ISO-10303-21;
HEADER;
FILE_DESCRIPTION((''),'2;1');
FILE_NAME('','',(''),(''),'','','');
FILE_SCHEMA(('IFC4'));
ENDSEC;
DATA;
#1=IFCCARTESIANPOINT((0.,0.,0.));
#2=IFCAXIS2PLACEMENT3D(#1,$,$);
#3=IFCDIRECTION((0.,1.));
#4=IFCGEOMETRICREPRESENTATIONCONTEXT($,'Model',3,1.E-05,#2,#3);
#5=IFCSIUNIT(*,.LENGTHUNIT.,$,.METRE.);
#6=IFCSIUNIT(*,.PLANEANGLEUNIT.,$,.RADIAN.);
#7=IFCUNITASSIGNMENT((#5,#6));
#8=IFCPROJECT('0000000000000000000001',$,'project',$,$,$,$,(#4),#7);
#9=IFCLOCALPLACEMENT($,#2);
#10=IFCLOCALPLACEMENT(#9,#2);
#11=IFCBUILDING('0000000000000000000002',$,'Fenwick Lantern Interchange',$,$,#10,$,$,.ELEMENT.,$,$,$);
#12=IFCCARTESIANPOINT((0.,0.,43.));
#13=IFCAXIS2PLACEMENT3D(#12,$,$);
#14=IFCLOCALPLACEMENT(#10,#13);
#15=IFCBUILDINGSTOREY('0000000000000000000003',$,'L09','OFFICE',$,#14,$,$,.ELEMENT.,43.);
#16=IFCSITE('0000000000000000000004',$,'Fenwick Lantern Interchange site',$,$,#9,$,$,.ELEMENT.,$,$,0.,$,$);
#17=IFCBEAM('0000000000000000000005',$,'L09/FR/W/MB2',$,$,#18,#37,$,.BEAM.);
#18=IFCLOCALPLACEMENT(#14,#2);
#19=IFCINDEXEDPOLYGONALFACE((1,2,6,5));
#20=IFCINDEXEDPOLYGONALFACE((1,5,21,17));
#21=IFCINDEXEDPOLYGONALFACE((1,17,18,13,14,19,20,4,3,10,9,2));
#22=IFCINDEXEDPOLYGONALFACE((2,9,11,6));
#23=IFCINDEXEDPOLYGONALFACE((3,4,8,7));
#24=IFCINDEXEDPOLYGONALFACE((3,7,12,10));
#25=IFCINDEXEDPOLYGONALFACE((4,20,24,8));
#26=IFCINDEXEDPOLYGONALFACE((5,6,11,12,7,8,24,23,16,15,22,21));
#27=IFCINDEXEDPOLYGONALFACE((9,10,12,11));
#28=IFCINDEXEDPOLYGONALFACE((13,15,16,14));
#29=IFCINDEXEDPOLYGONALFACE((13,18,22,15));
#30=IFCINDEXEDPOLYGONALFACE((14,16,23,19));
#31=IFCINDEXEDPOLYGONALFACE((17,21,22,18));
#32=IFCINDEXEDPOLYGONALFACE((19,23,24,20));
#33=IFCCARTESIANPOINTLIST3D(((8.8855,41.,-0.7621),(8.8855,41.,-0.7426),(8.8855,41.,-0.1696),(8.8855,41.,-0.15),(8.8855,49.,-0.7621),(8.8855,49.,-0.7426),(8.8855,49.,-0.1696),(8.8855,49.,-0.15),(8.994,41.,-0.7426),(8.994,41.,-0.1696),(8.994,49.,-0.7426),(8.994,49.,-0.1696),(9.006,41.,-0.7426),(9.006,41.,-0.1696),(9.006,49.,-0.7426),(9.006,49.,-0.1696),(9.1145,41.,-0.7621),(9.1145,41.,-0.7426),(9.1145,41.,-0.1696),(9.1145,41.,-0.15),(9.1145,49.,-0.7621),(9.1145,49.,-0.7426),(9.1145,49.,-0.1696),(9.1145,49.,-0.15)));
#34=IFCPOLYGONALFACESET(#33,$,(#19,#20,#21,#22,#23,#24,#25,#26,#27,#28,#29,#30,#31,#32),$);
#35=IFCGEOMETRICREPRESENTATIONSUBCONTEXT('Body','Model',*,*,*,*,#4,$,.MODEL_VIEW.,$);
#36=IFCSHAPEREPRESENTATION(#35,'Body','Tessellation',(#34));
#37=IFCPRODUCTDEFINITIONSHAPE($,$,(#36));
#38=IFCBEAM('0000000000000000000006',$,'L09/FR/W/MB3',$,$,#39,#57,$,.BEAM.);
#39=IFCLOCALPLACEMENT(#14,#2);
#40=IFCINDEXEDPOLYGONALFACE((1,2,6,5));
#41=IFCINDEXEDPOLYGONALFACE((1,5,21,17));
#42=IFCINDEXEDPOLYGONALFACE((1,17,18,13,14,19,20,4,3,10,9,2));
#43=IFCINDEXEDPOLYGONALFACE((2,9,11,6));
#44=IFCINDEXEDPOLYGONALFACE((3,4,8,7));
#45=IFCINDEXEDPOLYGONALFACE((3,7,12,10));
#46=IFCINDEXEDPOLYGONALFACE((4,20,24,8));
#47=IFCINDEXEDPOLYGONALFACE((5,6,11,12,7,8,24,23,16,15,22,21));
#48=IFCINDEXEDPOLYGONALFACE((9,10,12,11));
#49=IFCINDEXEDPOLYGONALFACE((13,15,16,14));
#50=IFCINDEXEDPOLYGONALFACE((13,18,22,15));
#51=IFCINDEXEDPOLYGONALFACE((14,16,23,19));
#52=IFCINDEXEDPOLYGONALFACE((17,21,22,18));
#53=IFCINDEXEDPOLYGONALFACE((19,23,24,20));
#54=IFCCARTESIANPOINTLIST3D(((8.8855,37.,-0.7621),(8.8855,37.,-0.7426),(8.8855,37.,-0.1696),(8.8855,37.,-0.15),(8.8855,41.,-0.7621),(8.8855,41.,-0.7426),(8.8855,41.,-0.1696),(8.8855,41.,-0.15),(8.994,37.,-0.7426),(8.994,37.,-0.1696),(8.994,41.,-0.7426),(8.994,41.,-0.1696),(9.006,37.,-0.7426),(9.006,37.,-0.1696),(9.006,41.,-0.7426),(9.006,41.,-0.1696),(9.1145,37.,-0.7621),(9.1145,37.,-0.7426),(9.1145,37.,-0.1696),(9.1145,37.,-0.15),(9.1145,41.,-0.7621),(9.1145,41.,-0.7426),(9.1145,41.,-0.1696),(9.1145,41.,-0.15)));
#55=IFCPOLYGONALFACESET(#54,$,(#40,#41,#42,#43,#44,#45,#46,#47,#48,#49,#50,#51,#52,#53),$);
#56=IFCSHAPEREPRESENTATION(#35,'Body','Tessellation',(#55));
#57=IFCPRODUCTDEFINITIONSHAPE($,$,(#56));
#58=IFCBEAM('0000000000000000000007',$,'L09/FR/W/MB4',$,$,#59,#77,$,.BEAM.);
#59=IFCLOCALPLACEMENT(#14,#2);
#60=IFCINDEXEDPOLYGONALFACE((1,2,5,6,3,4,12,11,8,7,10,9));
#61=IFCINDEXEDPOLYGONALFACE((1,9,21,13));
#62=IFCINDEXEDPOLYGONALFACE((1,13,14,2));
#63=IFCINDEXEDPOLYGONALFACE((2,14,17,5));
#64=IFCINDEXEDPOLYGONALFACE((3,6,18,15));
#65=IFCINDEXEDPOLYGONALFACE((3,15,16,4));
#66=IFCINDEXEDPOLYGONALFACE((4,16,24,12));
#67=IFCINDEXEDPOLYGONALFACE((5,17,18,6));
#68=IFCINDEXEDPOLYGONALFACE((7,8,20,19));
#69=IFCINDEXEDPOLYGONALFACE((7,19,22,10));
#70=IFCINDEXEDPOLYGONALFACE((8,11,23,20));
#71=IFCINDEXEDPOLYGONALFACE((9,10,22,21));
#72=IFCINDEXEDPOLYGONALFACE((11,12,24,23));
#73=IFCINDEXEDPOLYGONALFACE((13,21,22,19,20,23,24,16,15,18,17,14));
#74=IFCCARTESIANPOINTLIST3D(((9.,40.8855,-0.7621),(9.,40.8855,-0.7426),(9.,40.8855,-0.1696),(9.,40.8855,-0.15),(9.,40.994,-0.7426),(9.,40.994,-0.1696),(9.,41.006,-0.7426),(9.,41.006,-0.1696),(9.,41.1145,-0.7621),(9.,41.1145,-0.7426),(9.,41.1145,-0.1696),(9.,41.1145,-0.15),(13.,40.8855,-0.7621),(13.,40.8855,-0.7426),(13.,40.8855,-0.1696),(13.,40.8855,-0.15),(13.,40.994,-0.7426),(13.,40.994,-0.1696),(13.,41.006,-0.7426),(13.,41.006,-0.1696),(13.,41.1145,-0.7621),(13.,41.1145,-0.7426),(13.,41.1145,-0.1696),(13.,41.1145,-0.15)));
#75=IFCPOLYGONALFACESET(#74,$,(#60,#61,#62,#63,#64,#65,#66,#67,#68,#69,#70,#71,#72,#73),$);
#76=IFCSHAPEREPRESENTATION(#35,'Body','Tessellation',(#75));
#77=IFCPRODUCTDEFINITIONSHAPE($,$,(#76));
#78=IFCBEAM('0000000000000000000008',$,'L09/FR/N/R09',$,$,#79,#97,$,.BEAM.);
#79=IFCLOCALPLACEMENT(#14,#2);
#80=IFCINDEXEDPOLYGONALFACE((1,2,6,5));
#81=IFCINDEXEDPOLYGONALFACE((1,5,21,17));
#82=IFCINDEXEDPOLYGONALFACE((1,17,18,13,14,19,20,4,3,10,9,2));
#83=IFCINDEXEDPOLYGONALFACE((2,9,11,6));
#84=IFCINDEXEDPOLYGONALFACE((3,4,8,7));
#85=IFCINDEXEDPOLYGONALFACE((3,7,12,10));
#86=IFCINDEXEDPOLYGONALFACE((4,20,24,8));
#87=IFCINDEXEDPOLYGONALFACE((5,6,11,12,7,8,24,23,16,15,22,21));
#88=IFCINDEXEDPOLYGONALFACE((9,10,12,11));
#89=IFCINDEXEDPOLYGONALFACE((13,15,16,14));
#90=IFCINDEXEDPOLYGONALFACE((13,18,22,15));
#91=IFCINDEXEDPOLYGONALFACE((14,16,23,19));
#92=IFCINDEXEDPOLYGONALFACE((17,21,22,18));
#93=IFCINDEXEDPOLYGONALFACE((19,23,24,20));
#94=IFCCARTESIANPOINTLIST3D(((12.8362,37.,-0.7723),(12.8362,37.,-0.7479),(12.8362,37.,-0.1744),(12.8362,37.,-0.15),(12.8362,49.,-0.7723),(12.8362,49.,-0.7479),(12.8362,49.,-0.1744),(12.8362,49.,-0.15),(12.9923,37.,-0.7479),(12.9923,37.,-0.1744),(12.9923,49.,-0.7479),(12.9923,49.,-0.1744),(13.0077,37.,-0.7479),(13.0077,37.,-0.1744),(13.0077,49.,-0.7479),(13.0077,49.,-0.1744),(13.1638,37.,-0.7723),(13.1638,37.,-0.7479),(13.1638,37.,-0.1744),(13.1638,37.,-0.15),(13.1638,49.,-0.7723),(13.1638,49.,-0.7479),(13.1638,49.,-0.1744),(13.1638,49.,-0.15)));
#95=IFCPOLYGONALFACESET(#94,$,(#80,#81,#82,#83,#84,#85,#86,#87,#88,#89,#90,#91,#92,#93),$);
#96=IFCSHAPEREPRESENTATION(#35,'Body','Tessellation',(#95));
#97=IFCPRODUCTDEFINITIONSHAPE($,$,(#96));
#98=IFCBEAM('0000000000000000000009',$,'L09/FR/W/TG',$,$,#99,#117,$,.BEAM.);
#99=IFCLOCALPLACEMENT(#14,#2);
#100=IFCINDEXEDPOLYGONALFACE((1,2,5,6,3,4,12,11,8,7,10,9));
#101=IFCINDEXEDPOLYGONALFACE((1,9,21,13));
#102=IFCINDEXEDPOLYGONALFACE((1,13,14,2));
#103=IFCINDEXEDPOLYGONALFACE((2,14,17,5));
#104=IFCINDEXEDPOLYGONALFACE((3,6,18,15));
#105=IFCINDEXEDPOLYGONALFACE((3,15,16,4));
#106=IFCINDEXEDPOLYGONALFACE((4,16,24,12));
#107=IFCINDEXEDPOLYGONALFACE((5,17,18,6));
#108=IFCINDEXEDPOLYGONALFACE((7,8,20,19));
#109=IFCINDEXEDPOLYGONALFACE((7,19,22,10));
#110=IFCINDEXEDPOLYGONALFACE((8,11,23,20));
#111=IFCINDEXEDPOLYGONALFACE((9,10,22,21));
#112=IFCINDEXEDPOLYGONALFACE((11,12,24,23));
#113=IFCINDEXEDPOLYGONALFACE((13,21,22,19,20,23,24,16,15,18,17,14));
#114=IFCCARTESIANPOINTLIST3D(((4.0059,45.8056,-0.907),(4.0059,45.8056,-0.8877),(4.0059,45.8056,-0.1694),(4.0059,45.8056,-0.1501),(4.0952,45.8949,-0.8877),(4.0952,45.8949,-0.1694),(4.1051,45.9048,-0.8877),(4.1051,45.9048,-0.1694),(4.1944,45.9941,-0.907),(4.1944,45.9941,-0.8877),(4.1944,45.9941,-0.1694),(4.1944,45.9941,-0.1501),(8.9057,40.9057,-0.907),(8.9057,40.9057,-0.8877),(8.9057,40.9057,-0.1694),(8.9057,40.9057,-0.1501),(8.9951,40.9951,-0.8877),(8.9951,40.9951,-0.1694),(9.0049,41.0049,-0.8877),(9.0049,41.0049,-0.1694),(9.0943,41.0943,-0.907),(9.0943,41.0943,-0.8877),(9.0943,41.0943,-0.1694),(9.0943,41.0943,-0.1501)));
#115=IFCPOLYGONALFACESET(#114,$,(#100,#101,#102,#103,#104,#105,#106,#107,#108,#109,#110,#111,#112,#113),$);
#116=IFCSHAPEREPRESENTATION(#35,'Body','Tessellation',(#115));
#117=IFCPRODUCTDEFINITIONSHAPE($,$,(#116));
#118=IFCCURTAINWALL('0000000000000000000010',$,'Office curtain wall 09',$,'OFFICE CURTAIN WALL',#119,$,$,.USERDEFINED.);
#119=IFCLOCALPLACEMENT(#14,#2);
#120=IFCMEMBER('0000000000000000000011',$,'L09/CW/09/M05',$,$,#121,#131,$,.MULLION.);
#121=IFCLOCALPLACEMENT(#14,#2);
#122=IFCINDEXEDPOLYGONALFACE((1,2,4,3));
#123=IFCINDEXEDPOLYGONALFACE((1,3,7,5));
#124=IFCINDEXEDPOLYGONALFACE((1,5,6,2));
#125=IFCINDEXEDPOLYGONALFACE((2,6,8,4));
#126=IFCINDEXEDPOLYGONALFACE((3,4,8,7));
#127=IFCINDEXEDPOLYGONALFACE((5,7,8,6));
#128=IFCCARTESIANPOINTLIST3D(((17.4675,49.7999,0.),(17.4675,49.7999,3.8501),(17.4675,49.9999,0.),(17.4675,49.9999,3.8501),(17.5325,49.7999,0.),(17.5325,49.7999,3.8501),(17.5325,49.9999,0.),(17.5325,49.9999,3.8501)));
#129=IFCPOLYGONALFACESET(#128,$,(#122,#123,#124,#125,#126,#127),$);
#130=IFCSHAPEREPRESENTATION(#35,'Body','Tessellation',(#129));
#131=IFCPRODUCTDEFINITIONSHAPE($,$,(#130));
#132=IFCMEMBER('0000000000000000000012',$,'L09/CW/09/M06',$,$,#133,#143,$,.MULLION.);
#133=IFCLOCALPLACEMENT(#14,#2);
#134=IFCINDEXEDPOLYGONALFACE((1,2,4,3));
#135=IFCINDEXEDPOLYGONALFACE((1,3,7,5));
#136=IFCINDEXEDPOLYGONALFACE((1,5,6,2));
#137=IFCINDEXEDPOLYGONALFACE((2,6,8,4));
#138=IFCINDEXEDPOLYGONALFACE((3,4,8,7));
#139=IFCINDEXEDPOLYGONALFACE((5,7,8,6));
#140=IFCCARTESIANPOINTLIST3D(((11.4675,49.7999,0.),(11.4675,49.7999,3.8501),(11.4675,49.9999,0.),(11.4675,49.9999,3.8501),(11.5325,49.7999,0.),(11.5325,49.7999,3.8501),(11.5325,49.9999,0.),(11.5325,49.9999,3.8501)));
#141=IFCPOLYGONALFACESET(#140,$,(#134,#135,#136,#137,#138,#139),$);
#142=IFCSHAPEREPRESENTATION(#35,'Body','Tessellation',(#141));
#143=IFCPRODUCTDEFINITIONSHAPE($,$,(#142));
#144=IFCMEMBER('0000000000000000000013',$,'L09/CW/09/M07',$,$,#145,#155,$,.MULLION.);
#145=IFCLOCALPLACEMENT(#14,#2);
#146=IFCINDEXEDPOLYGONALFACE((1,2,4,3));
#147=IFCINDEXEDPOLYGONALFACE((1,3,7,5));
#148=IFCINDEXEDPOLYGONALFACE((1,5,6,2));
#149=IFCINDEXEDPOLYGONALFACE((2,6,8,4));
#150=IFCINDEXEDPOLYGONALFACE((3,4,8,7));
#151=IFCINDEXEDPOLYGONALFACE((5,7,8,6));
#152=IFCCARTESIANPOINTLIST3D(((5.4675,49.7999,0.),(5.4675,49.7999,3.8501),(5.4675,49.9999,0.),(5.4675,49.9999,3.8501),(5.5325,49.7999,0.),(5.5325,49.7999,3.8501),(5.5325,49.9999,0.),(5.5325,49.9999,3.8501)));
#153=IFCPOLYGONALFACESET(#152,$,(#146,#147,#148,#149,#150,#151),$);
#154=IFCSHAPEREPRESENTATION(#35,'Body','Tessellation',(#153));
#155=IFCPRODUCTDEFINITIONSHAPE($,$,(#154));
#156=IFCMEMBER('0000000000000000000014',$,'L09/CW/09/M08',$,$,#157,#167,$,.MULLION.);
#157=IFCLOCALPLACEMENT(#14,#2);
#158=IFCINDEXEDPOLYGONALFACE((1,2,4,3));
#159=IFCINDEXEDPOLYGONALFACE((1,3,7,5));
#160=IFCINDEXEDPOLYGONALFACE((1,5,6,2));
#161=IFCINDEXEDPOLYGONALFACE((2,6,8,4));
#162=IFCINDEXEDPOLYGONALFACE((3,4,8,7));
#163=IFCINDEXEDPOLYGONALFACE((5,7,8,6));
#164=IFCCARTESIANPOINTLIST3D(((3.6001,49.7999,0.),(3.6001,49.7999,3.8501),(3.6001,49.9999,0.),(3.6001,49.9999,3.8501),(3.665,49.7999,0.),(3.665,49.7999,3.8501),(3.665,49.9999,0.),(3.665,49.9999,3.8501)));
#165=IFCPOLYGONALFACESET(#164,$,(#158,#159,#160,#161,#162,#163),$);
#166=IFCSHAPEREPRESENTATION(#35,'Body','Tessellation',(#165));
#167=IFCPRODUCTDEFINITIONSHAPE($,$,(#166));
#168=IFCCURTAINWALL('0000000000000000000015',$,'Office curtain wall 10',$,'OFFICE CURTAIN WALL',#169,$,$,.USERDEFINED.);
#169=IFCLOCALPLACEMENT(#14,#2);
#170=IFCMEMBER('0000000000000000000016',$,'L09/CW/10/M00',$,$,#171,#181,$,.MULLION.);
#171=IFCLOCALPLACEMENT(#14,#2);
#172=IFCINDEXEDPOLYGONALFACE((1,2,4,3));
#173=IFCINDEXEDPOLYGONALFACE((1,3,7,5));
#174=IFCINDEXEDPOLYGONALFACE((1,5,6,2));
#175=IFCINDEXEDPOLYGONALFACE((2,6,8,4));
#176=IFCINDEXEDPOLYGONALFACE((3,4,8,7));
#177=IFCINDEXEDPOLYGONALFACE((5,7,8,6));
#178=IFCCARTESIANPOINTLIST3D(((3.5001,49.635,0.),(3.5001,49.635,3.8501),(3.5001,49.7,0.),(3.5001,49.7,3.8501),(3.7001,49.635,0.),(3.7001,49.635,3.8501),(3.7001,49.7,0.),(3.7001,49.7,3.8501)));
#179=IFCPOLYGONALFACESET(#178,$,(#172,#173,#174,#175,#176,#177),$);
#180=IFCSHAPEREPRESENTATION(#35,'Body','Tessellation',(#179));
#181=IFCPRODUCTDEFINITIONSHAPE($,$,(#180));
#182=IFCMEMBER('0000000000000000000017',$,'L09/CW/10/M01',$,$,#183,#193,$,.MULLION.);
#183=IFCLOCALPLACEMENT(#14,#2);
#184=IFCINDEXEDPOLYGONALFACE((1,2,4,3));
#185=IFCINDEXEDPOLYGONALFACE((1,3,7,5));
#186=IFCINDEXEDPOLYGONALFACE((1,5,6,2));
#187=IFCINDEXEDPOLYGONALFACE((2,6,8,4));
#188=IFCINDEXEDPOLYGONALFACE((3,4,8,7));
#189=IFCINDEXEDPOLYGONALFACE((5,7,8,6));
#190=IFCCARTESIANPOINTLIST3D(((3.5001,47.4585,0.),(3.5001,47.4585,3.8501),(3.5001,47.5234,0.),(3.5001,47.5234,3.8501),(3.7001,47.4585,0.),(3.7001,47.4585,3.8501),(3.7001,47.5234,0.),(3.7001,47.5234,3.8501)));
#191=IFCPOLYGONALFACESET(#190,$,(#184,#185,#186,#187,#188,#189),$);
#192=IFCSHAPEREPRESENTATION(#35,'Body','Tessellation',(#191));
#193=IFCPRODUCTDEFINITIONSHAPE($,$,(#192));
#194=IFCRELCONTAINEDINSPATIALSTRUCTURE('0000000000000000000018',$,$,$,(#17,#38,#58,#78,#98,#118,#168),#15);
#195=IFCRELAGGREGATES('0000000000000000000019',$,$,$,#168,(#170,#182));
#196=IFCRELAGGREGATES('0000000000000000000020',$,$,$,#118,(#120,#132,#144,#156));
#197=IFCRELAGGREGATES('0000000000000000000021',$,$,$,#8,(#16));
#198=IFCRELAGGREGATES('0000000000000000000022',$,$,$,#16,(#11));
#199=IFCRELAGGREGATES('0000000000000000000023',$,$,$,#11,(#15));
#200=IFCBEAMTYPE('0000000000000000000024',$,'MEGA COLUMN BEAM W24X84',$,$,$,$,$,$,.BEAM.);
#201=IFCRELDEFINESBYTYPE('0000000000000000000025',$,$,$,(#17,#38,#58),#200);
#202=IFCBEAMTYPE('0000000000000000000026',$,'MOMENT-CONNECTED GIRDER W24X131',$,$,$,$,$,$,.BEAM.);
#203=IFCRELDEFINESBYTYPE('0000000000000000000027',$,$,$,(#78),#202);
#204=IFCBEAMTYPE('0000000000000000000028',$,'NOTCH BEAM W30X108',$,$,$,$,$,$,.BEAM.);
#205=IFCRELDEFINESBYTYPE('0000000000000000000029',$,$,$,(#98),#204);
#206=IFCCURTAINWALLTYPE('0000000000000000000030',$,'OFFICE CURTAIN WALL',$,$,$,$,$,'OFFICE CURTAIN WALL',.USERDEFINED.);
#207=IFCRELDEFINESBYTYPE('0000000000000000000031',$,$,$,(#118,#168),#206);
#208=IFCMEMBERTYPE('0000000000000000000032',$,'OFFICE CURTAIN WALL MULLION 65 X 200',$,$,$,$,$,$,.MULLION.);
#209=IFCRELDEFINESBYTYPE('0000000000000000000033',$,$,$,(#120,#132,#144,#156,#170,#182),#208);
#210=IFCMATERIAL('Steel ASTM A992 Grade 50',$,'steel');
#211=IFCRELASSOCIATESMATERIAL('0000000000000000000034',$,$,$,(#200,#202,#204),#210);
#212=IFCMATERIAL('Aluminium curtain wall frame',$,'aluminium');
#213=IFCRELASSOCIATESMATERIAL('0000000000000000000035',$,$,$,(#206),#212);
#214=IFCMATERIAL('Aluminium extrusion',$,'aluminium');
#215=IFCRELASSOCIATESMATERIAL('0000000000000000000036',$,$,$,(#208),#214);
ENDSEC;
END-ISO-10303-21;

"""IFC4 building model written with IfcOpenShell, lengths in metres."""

from ifc_helpers import new_model, si_unit, direction, frame, origin, origin_2d, place, context, subcontext, project, spatial, rectangle, i_section, extrude, material, material_profile, profile_set, type_object, element, aggregate, save


model = new_model("IFC4")

# Units and contexts
model_context = context("Model", 3, precision=1e-05, world=origin(), true_north=direction((0.0, 1.0)))
body_context = subcontext(model_context, "Body", "Model", "MODEL_VIEW")
ifc_project = project(units=[si_unit("LENGTHUNIT", "METRE"), si_unit("PLANEANGLEUNIT", "RADIAN")], contexts=[model_context])

# Site, building, storey
site_placement = place(None, origin())
site = spatial("IfcSite", under=ifc_project, at=site_placement, Name="Fenwick Lantern Interchange site", CompositionType="ELEMENT", RefElevation=0.0)
building_placement = place(site_placement, origin())
building = spatial("IfcBuilding", under=site, at=building_placement, Name="Fenwick Lantern Interchange", CompositionType="ELEMENT")
storey_placement = place(building_placement, frame((0.0, 0.0, 43.0)))
storey = spatial("IfcBuildingStorey", under=building, at=storey_placement, Name="L09", Description="OFFICE", CompositionType="ELEMENT", Elevation=43.0)

# Shared definitions
ifc_material_1 = material(Name="Steel ASTM A992 Grade 50", Category="steel")

# Beams
ifc_material_profile_1 = material_profile(ifc_material_1, i_section(OverallWidth=0.229, OverallDepth=0.6121, WebThickness=0.012, FlangeThickness=0.0195, at=origin_2d()), Name="W24X84")
ifc_profile_set_1 = profile_set([ifc_material_profile_1], Name="Steel ASTM A992 Grade 50")
beam_type_1 = type_object("IfcBeamType", Name="MEGA COLUMN BEAM W24X84", PredefinedType="BEAM", material=ifc_profile_set_1)
beam_1_placement = place(storey_placement, frame((9.0, 41.0, -0.4561), z_axis=(0.0, 1.0, 0.0), x_axis=(-1.0, 0.0, 0.0)))
element("IfcBeam", 1, at=beam_1_placement, inside=storey, type_object=beam_type_1, Name="L09/FR/W/MB2", PredefinedType="BEAM", context=body_context, shape_type="SweptSolid", body=[
    extrude(i_section(OverallWidth=0.229, OverallDepth=0.6121, WebThickness=0.012, FlangeThickness=0.0195, at=origin_2d()), origin(), (0.0, 0.0, 1.0), 8.0),
])
for number, where, z_axis, x_axis, name in (
    (2, (9.0, 41.0, -0.4561), (0.0, -1.0, 0.0), (1.0, 0.0, 0.0), "L09/FR/W/MB3"),
    (3, (9.0, 41.0, -0.4561), (1.0, 0.0, 0.0), (0.0, 1.0, 0.0), "L09/FR/W/MB4"),
):
    element("IfcBeam", number, at=place(storey_placement, frame(where, z_axis=z_axis, x_axis=x_axis)), inside=storey, type_object=beam_type_1, Name=name, PredefinedType="BEAM", context=body_context, shape_type="SweptSolid", body=[
        extrude(i_section(OverallWidth=0.229, OverallDepth=0.6121, WebThickness=0.012, FlangeThickness=0.0195, at=origin_2d()), origin(), (0.0, 0.0, 1.0), 4.0),
    ])
ifc_material_profile_2 = material_profile(ifc_material_1, i_section(OverallWidth=0.3276, OverallDepth=0.6223, WebThickness=0.0154, FlangeThickness=0.0244, at=origin_2d()), Name="W24X131")
ifc_profile_set_2 = profile_set([ifc_material_profile_2], Name="Steel ASTM A992 Grade 50")
beam_type_2 = type_object("IfcBeamType", Name="MOMENT-CONNECTED GIRDER W24X131", PredefinedType="BEAM", material=ifc_profile_set_2)
beam_2_placement = place(storey_placement, frame((13.0, 49.0, -0.4612), z_axis=(0.0, -1.0, 0.0), x_axis=(1.0, 0.0, 0.0)))
element("IfcBeam", 4, at=beam_2_placement, inside=storey, type_object=beam_type_2, Name="L09/FR/N/R09", PredefinedType="BEAM", context=body_context, shape_type="SweptSolid", body=[
    extrude(i_section(OverallWidth=0.3276, OverallDepth=0.6223, WebThickness=0.0154, FlangeThickness=0.0244, at=origin_2d()), origin(), (0.0, 0.0, 1.0), 12.0),
])
ifc_material_profile_3 = material_profile(ifc_material_1, i_section(OverallWidth=0.2666, OverallDepth=0.7568, WebThickness=0.0139, FlangeThickness=0.0193, at=origin_2d()), Name="W30X108")
ifc_profile_set_3 = profile_set([ifc_material_profile_3], Name="Steel ASTM A992 Grade 50")
beam_type_3 = type_object("IfcBeamType", Name="NOTCH BEAM W30X108", PredefinedType="BEAM", material=ifc_profile_set_3)
beam_3_placement = place(storey_placement, frame((9.0, 41.0, -0.5286), z_axis=(-0.707107, 0.707107, 0.0), x_axis=(-0.707107, -0.707107, 0.0)))
element("IfcBeam", 5, at=beam_3_placement, inside=storey, type_object=beam_type_3, Name="L09/FR/W/TG", PredefinedType="BEAM", context=body_context, shape_type="SweptSolid", body=[
    extrude(i_section(OverallWidth=0.2666, OverallDepth=0.7568, WebThickness=0.0139, FlangeThickness=0.0193, at=origin_2d()), origin(), (0.0, 0.0, 1.0), 6.9294),
])

# Curtain walls, members
ifc_material_2 = material(Name="Aluminium curtain wall frame", Category="aluminium")
curtain_wall_type = type_object("IfcCurtainWallType", Name="OFFICE CURTAIN WALL", ElementType="OFFICE CURTAIN WALL", PredefinedType="USERDEFINED", material=ifc_material_2)
curtain_wall_1_placement = place(storey_placement, origin())
curtain_wall_1 = element("IfcCurtainWall", 6, at=curtain_wall_1_placement, inside=storey, type_object=curtain_wall_type, Name="Office curtain wall 09", ObjectType="OFFICE CURTAIN WALL", PredefinedType="USERDEFINED")
ifc_material_3 = material(Name="Aluminium extrusion", Category="aluminium")
ifc_material_profile_4 = material_profile(ifc_material_3, rectangle(XDim=0.2, YDim=0.0649, at=origin_2d()), Name="OFFICE CURTAIN WALL MULLION 65 X 200")
ifc_profile_set_4 = profile_set([ifc_material_profile_4], Name="Aluminium extrusion")
member_type_1 = type_object("IfcMemberType", Name="OFFICE CURTAIN WALL MULLION 65 X 200", PredefinedType="MULLION", material=ifc_profile_set_4)
member_1_placement = place(storey_placement, frame((17.5, 49.8999, 0.0), z_axis=(0.0, 0.0, 1.0), x_axis=(0.0, -1.0, 0.0)))
member_1 = element("IfcMember", 7, at=member_1_placement, type_object=member_type_1, Name="L09/CW/09/M05", PredefinedType="MULLION", context=body_context, shape_type="SweptSolid", body=[
    extrude(rectangle(XDim=0.2, YDim=0.0649, at=origin_2d()), origin(), (0.0, 0.0, 1.0), 3.8501),
])
member_2_placement = place(storey_placement, frame((11.5, 49.8999, 0.0), z_axis=(0.0, 0.0, 1.0), x_axis=(0.0, -1.0, 0.0)))
member_2 = element("IfcMember", 8, at=member_2_placement, type_object=member_type_1, Name="L09/CW/09/M06", PredefinedType="MULLION", context=body_context, shape_type="SweptSolid", body=[
    extrude(rectangle(XDim=0.2, YDim=0.0649, at=origin_2d()), origin(), (0.0, 0.0, 1.0), 3.8501),
])
member_3_placement = place(storey_placement, frame((5.5, 49.8999, 0.0), z_axis=(0.0, 0.0, 1.0), x_axis=(0.0, -1.0, 0.0)))
member_3 = element("IfcMember", 9, at=member_3_placement, type_object=member_type_1, Name="L09/CW/09/M07", PredefinedType="MULLION", context=body_context, shape_type="SweptSolid", body=[
    extrude(rectangle(XDim=0.2, YDim=0.0649, at=origin_2d()), origin(), (0.0, 0.0, 1.0), 3.8501),
])
member_4_placement = place(storey_placement, frame((3.6326, 49.8999, 0.0), z_axis=(0.0, 0.0, 1.0), x_axis=(0.0, -1.0, 0.0)))
member_4 = element("IfcMember", 10, at=member_4_placement, type_object=member_type_1, Name="L09/CW/09/M08", PredefinedType="MULLION", context=body_context, shape_type="SweptSolid", body=[
    extrude(rectangle(XDim=0.2, YDim=0.0649, at=origin_2d()), origin(), (0.0, 0.0, 1.0), 3.8501),
])
curtain_wall_2_placement = place(storey_placement, origin())
curtain_wall_2 = element("IfcCurtainWall", 11, at=curtain_wall_2_placement, inside=storey, type_object=curtain_wall_type, Name="Office curtain wall 10", ObjectType="OFFICE CURTAIN WALL", PredefinedType="USERDEFINED")
member_5_placement = place(storey_placement, frame((3.6001, 49.6675, 0.0), z_axis=(0.0, 0.0, 1.0), x_axis=(1.0, 0.0, 0.0)))
member_5 = element("IfcMember", 12, at=member_5_placement, type_object=member_type_1, Name="L09/CW/10/M00", PredefinedType="MULLION", context=body_context, shape_type="SweptSolid", body=[
    extrude(rectangle(XDim=0.2, YDim=0.0649, at=origin_2d()), origin(), (0.0, 0.0, 1.0), 3.8501),
])
member_6_placement = place(storey_placement, frame((3.6001, 47.491, 0.0), z_axis=(0.0, 0.0, 1.0), x_axis=(1.0, 0.0, 0.0)))
member_6 = element("IfcMember", 13, at=member_6_placement, type_object=member_type_1, Name="L09/CW/10/M01", PredefinedType="MULLION", context=body_context, shape_type="SweptSolid", body=[
    extrude(rectangle(XDim=0.2, YDim=0.0649, at=origin_2d()), origin(), (0.0, 0.0, 1.0), 3.8501),
])

aggregate(curtain_wall_2, [member_5, member_6])

aggregate(curtain_wall_1, [member_1, member_2, member_3, member_4])

save(model, "model.ifc")
